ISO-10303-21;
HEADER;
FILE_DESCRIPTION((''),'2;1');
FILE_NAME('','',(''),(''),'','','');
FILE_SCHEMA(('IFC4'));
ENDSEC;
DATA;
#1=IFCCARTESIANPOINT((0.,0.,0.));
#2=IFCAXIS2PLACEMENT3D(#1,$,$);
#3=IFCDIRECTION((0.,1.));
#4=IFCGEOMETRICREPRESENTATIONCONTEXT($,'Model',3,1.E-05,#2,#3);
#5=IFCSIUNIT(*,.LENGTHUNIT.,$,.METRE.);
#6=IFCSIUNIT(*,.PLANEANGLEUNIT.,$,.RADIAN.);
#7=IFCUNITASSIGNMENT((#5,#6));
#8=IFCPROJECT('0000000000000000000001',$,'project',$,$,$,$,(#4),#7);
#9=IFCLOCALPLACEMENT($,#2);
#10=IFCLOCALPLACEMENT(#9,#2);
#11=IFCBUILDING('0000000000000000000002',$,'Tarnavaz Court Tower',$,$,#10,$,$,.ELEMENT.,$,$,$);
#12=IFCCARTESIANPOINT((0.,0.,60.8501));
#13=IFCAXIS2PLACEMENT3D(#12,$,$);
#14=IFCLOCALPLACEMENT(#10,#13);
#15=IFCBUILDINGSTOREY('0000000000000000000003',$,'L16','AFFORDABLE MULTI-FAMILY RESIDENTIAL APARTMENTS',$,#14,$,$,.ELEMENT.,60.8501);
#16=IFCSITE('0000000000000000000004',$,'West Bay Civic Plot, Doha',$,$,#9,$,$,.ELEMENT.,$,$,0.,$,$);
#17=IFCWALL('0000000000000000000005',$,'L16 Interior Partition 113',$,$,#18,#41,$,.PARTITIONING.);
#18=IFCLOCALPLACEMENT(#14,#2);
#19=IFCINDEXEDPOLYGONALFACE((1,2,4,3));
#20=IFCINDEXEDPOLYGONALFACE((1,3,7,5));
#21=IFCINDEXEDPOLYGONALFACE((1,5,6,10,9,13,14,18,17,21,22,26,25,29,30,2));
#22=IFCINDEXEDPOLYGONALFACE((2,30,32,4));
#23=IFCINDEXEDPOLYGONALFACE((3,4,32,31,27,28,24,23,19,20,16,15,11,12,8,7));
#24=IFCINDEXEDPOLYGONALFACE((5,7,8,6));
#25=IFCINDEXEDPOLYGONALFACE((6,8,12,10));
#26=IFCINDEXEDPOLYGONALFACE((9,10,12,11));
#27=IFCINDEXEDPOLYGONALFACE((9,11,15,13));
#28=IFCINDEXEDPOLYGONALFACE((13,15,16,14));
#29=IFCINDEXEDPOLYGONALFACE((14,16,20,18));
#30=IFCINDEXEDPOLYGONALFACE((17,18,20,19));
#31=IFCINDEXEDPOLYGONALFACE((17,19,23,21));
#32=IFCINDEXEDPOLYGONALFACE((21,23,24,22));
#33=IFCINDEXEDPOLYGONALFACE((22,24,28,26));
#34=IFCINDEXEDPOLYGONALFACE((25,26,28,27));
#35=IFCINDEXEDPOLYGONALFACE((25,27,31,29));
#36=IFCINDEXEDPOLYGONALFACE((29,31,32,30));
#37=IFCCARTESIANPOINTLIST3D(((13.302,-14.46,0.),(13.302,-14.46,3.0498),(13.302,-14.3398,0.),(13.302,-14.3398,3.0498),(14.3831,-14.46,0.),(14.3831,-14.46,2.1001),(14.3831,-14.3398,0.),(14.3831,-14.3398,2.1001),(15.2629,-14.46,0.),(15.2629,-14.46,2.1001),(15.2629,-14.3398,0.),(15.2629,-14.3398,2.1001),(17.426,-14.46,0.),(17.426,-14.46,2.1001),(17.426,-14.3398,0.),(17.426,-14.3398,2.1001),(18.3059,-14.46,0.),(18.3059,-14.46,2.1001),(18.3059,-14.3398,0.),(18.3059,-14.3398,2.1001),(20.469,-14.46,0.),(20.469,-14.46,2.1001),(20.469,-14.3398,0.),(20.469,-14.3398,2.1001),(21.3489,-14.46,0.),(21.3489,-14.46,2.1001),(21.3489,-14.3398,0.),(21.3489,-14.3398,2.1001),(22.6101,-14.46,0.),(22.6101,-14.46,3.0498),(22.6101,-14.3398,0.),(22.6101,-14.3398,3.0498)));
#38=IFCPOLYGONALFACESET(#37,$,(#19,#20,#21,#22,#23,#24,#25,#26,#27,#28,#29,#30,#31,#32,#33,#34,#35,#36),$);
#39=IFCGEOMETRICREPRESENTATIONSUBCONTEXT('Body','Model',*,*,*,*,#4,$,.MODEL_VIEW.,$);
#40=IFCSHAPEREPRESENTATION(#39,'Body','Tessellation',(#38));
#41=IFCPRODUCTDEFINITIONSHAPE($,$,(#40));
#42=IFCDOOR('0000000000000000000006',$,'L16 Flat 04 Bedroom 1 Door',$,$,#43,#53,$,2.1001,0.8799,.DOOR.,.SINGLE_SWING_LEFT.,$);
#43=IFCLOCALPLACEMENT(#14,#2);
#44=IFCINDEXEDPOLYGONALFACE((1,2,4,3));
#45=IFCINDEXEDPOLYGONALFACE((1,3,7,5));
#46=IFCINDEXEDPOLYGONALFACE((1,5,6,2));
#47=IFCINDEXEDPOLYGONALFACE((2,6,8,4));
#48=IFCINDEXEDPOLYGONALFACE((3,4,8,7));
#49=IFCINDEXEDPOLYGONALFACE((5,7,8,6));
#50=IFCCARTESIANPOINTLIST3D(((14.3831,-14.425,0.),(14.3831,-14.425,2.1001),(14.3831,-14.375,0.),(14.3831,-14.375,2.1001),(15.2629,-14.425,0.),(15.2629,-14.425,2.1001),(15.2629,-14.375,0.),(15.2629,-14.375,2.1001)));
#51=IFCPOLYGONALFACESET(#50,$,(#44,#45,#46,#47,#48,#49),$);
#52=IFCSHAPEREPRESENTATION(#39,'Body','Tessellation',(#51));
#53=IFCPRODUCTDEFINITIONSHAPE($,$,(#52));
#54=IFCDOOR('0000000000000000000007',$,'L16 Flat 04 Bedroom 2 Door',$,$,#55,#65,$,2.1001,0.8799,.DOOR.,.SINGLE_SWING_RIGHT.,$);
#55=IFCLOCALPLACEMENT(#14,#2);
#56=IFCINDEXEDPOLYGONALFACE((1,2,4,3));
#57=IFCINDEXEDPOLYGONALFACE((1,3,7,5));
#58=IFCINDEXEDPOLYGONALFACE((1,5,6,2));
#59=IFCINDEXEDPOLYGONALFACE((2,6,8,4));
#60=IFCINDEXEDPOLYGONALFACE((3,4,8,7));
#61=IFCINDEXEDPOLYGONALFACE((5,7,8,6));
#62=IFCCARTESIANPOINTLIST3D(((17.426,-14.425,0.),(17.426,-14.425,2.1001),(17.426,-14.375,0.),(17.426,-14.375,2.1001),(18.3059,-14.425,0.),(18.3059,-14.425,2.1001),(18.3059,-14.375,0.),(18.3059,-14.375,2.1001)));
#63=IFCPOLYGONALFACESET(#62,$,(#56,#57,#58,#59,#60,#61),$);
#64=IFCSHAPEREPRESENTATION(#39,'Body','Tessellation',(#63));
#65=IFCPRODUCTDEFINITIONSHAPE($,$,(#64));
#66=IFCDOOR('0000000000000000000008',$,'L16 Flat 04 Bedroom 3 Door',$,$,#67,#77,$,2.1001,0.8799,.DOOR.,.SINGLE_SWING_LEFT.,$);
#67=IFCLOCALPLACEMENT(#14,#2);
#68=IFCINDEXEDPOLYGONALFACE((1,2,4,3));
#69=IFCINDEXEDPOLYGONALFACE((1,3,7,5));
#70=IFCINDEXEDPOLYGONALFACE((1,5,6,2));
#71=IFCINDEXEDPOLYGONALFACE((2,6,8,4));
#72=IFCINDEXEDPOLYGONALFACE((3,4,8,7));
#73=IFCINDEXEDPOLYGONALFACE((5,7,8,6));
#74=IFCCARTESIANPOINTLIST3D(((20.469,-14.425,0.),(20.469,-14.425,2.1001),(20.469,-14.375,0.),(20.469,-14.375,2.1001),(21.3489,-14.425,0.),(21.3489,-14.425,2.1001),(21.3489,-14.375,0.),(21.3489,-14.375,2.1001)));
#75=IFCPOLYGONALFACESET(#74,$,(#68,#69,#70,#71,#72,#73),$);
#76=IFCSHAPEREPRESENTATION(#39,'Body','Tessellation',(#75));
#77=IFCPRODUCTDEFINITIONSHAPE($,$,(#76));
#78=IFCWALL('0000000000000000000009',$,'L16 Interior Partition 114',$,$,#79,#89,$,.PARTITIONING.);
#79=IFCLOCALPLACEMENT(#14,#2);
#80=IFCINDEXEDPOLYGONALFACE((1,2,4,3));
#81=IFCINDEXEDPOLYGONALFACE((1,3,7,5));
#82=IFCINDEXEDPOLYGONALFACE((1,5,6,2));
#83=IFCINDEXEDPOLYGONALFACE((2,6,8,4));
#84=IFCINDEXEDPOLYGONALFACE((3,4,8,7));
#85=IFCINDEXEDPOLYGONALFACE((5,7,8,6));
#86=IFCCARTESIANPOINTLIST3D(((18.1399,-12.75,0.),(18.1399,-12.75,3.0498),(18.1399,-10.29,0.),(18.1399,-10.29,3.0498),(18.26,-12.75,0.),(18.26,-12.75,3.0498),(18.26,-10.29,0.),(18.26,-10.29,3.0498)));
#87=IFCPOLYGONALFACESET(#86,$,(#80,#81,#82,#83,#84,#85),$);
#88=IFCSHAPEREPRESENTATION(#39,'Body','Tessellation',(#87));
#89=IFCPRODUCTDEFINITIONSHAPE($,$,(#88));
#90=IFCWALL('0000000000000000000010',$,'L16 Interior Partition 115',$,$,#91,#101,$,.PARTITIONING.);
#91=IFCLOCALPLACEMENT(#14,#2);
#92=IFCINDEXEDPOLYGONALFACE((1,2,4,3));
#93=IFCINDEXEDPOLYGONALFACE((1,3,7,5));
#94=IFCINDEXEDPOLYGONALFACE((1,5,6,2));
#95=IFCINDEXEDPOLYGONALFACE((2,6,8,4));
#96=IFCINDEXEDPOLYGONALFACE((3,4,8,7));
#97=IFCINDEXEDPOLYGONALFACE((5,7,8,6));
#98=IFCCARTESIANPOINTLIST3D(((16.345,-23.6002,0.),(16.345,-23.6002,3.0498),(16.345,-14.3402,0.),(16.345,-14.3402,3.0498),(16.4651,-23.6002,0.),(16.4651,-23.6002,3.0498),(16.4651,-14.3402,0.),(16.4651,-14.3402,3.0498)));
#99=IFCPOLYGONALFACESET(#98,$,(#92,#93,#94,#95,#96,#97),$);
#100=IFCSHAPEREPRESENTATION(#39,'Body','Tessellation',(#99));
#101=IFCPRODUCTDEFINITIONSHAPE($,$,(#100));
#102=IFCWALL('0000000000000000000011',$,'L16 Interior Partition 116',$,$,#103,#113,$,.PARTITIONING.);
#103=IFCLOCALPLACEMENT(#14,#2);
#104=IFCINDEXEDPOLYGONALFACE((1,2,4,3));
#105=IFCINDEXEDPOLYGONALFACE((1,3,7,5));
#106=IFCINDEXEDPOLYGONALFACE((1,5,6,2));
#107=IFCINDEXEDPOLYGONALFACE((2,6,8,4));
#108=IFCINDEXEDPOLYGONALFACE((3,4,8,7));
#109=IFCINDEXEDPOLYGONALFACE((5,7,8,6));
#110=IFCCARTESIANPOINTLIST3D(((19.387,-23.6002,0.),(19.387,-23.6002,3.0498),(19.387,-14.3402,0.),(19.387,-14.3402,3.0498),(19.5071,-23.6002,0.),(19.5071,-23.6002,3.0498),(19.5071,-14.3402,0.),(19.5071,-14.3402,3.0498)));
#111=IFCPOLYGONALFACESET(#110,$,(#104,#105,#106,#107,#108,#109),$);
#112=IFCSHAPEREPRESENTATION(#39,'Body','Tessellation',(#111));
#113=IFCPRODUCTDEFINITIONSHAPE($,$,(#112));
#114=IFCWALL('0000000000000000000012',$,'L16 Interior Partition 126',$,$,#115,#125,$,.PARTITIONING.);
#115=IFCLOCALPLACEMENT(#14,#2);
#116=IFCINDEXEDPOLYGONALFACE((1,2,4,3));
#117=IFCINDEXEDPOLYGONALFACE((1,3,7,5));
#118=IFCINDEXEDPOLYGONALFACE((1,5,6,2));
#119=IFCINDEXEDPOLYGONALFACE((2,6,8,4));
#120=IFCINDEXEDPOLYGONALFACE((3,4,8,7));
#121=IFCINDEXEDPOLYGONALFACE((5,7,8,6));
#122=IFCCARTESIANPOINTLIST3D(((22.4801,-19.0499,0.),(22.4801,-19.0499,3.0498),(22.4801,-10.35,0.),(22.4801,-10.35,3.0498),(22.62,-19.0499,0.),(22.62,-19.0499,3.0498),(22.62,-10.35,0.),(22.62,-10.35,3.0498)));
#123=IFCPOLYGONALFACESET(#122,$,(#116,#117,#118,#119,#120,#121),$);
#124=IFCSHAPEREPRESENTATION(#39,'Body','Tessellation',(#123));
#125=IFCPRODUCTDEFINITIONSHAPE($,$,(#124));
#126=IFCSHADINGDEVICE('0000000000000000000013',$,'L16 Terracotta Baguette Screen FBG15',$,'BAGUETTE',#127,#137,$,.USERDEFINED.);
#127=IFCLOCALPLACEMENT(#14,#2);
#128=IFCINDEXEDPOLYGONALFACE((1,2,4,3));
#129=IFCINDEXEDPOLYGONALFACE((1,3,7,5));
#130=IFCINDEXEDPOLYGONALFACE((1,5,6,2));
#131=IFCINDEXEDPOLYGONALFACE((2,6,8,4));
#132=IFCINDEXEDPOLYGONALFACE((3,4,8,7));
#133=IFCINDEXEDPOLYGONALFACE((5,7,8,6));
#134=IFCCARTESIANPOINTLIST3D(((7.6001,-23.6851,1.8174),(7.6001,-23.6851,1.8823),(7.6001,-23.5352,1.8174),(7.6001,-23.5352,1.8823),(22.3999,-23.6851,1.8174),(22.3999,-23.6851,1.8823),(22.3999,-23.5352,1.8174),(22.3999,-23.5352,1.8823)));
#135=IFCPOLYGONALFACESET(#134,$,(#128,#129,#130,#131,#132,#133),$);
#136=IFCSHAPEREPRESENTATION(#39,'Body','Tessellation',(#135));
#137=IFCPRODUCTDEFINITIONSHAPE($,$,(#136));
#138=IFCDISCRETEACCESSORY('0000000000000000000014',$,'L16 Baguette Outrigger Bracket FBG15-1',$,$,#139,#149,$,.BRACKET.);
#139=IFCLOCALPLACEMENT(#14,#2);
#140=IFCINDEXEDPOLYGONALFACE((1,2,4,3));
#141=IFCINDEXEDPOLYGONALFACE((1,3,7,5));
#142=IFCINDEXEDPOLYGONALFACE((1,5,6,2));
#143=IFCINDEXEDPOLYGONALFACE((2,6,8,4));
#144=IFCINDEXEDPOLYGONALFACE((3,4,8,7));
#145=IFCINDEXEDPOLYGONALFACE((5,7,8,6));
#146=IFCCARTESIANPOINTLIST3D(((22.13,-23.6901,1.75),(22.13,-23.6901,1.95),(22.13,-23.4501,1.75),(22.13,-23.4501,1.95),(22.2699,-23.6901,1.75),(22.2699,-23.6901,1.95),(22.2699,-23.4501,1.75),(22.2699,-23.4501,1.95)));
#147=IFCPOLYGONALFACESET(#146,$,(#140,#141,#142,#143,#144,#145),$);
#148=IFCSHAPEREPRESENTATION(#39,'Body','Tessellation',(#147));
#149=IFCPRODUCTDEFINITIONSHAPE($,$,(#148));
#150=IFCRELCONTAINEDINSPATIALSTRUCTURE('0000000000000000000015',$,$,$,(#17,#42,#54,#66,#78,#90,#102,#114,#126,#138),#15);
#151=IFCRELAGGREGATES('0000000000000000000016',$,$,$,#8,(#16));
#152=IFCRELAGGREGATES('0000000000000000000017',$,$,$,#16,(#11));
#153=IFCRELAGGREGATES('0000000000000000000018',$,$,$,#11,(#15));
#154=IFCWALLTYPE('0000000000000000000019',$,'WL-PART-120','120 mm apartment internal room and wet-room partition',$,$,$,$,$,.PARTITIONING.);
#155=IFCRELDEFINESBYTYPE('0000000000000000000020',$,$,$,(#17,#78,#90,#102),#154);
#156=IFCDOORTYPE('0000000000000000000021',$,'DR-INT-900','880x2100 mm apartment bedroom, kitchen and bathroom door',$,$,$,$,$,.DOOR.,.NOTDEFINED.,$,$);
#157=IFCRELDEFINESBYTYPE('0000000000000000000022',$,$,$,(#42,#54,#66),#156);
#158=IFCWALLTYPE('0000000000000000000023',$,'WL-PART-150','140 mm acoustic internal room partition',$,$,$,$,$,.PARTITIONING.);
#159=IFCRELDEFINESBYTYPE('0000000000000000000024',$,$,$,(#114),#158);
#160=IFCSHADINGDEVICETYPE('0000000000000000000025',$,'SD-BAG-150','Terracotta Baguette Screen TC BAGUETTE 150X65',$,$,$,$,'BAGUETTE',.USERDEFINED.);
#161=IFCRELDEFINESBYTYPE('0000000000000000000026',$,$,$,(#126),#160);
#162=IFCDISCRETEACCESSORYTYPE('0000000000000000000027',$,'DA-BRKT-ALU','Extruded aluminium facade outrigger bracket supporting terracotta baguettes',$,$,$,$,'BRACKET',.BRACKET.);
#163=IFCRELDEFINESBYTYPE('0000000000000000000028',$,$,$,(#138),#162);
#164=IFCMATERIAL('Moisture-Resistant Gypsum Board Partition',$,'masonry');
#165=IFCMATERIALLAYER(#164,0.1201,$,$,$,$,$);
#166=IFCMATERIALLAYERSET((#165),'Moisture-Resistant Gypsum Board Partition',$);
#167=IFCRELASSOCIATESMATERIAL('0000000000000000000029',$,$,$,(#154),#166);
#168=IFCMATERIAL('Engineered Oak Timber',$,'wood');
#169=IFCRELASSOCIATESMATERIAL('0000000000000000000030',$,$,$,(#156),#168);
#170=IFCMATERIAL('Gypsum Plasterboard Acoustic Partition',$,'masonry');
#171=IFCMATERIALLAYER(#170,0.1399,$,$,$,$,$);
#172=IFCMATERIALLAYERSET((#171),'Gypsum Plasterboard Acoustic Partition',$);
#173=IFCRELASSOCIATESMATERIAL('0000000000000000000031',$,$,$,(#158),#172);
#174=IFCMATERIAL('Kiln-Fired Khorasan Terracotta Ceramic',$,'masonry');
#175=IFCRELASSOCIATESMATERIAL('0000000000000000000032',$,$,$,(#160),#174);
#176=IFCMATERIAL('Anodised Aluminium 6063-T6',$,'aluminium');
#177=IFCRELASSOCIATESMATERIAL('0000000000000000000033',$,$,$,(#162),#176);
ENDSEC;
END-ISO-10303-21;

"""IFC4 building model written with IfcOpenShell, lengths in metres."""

from ifc_helpers import new_model, si_unit, direction, frame, frame_2d, origin, origin_2d, place, context, subcontext, project, spatial, rectangle, extrude, material, layer, layer_set, material_profile, profile_set, type_object, element, fill, save


model = new_model("IFC4")

# Units and contexts
model_context = context("Model", 3, precision=1e-05, world=origin(), true_north=direction((0.0, 1.0)))
body_context = subcontext(model_context, "Body", "Model", "MODEL_VIEW")
ifc_project = project(units=[si_unit("LENGTHUNIT", "METRE"), si_unit("PLANEANGLEUNIT", "RADIAN")], contexts=[model_context])

# Site, building, storey
site_placement = place(None, origin())
site = spatial("IfcSite", under=ifc_project, at=site_placement, Name="West Bay Civic Plot, Doha", CompositionType="ELEMENT", RefElevation=0.0)
building_placement = place(site_placement, origin())
building = spatial("IfcBuilding", under=site, at=building_placement, Name="Tarnavaz Court Tower", CompositionType="ELEMENT")
storey_placement = place(building_placement, frame((0.0, 0.0, 60.8501)))
storey = spatial("IfcBuildingStorey", under=building, at=storey_placement, Name="L16", Description="AFFORDABLE MULTI-FAMILY RESIDENTIAL APARTMENTS", CompositionType="ELEMENT", Elevation=60.8501)

# Shared definitions
ifc_material_1 = material(Name="Moisture-Resistant Gypsum Board Partition", Category="masonry")
ifc_layer_1 = layer(ifc_material_1, 0.1201)
ifc_layer_set_1 = layer_set([ifc_layer_1], Name="Moisture-Resistant Gypsum Board Partition")
wall_type_1 = type_object("IfcWallType", Name="WL-PART-120", Description="120 mm apartment internal room and wet-room partition", PredefinedType="PARTITIONING", material=ifc_layer_set_1)
ifc_material_2 = material(Name="Engineered Oak Timber", Category="wood")
door_type_1 = type_object("IfcDoorType", Name="DR-INT-900", Description="880x2100 mm apartment bedroom, kitchen and bathroom door", OperationType="NOTDEFINED", PredefinedType="DOOR", material=ifc_material_2)

# Wall, openings, doors
wall_1_placement = place(storey_placement, frame((13.302, -14.3999, 0.0), z_axis=(0.0, 0.0, 1.0), x_axis=(1.0, 0.0, 0.0)))
wall_1 = element("IfcWall", 1, at=wall_1_placement, inside=storey, type_object=wall_type_1, Name="L16 Interior Partition 113", PredefinedType="PARTITIONING", context=body_context, shape_type="SweptSolid", body=[
    extrude(rectangle(XDim=9.3081, YDim=0.1201, at=frame_2d((4.6541, 0.0))), origin(), (0.0, 0.0, 1.0), 3.0498),
])
opening_1_placement = place(wall_1_placement, frame((1.0811, 0.0, 0.0)))
opening_1 = element("IfcOpeningElement", 2, at=opening_1_placement, cuts=wall_1, PredefinedType="OPENING", context=body_context, shape_type="SweptSolid", body=[
    extrude(rectangle(XDim=0.8799, YDim=2.1001, at=frame_2d((0.4399, 1.05))), frame((0.0, 0.0701, 0.0), z_axis=(0.0, -1.0, 0.0), x_axis=(1.0, 0.0, 0.0)), (0.0, 0.0, 1.0), 0.1401),
])
opening_2_placement = place(wall_1_placement, frame((4.124, 0.0, 0.0)))
opening_2 = element("IfcOpeningElement", 3, at=opening_2_placement, cuts=wall_1, PredefinedType="OPENING", context=body_context, shape_type="SweptSolid", body=[
    extrude(rectangle(XDim=0.8799, YDim=2.1001, at=frame_2d((0.4399, 1.05))), frame((0.0, 0.0701, 0.0), z_axis=(0.0, -1.0, 0.0), x_axis=(1.0, 0.0, 0.0)), (0.0, 0.0, 1.0), 0.1401),
])
opening_3_placement = place(wall_1_placement, frame((7.167, 0.0, 0.0)))
opening_3 = element("IfcOpeningElement", 4, at=opening_3_placement, cuts=wall_1, PredefinedType="OPENING", context=body_context, shape_type="SweptSolid", body=[
    extrude(rectangle(XDim=0.8799, YDim=2.1001, at=frame_2d((0.4399, 1.05))), frame((0.0, 0.0701, 0.0), z_axis=(0.0, -1.0, 0.0), x_axis=(1.0, 0.0, 0.0)), (0.0, 0.0, 1.0), 0.1401),
])
door_1_placement = place(opening_1_placement, origin())
door_1 = element("IfcDoor", 5, at=door_1_placement, inside=storey, type_object=door_type_1, Name="L16 Flat 04 Bedroom 1 Door", OperationType="SINGLE_SWING_LEFT", OverallHeight=2.1001, OverallWidth=0.8799, PredefinedType="DOOR", context=body_context, shape_type="SweptSolid", body=[
    extrude(rectangle(XDim=0.8799, YDim=2.1001, at=frame_2d((0.4399, 1.05))), frame((0.0, 0.0249, 0.0), z_axis=(0.0, -1.0, 0.0), x_axis=(1.0, 0.0, 0.0)), (0.0, 0.0, 1.0), 0.05),
])
fill(opening_1, door_1)
door_2_placement = place(opening_2_placement, origin())
door_2 = element("IfcDoor", 6, at=door_2_placement, inside=storey, type_object=door_type_1, Name="L16 Flat 04 Bedroom 2 Door", OperationType="SINGLE_SWING_RIGHT", OverallHeight=2.1001, OverallWidth=0.8799, PredefinedType="DOOR", context=body_context, shape_type="SweptSolid", body=[
    extrude(rectangle(XDim=0.8799, YDim=2.1001, at=frame_2d((0.4399, 1.05))), frame((0.0, 0.0249, 0.0), z_axis=(0.0, -1.0, 0.0), x_axis=(1.0, 0.0, 0.0)), (0.0, 0.0, 1.0), 0.05),
])
fill(opening_2, door_2)
door_3_placement = place(opening_3_placement, origin())
door_3 = element("IfcDoor", 7, at=door_3_placement, inside=storey, type_object=door_type_1, Name="L16 Flat 04 Bedroom 3 Door", OperationType="SINGLE_SWING_LEFT", OverallHeight=2.1001, OverallWidth=0.8799, PredefinedType="DOOR", context=body_context, shape_type="SweptSolid", body=[
    extrude(rectangle(XDim=0.8799, YDim=2.1001, at=frame_2d((0.4399, 1.05))), frame((0.0, 0.0249, 0.0), z_axis=(0.0, -1.0, 0.0), x_axis=(1.0, 0.0, 0.0)), (0.0, 0.0, 1.0), 0.05),
])
fill(opening_3, door_3)

# Walls
wall_2_placement = place(storey_placement, frame((18.2, -12.75, 0.0), z_axis=(0.0, 0.0, 1.0), x_axis=(0.0, 1.0, 0.0)))
element("IfcWall", 8, at=wall_2_placement, inside=storey, type_object=wall_type_1, Name="L16 Interior Partition 114", PredefinedType="PARTITIONING", context=body_context, shape_type="SweptSolid", body=[
    extrude(rectangle(XDim=2.46, YDim=0.1201, at=frame_2d((1.23, 0.0))), origin(), (0.0, 0.0, 1.0), 3.0498),
])
for number, where, z_axis, x_axis, name in (
    (9, (16.405, -23.6001, 0.0), (0.0, 0.0, 1.0), (0.0, 1.0, 0.0), "L16 Interior Partition 115"),
    (10, (19.447, -23.6001, 0.0), (0.0, 0.0, 1.0), (0.0, 1.0, 0.0), "L16 Interior Partition 116"),
):
    element("IfcWall", number, at=place(storey_placement, frame(where, z_axis=z_axis, x_axis=x_axis)), inside=storey, type_object=wall_type_1, Name=name, PredefinedType="PARTITIONING", context=body_context, shape_type="SweptSolid", body=[
        extrude(rectangle(XDim=9.26, YDim=0.1201, at=frame_2d((4.6299, 0.0))), origin(), (0.0, 0.0, 1.0), 3.0498),
    ])
ifc_material_3 = material(Name="Gypsum Plasterboard Acoustic Partition", Category="masonry")
ifc_layer_2 = layer(ifc_material_3, 0.1399)
ifc_layer_set_2 = layer_set([ifc_layer_2], Name="Gypsum Plasterboard Acoustic Partition")
wall_type_2 = type_object("IfcWallType", Name="WL-PART-150", Description="140 mm acoustic internal room partition", PredefinedType="PARTITIONING", material=ifc_layer_set_2)
wall_3_placement = place(storey_placement, frame((22.55, -19.05, 0.0), z_axis=(0.0, 0.0, 1.0), x_axis=(0.0, 1.0, 0.0)))
element("IfcWall", 11, at=wall_3_placement, inside=storey, type_object=wall_type_2, Name="L16 Interior Partition 126", PredefinedType="PARTITIONING", context=body_context, shape_type="SweptSolid", body=[
    extrude(rectangle(XDim=8.7, YDim=0.1399, at=frame_2d((4.3501, 0.0))), origin(), (0.0, 0.0, 1.0), 3.0498),
])

# Shading device
ifc_material_4 = material(Name="Kiln-Fired Khorasan Terracotta Ceramic", Category="masonry")
ifc_material_profile_1 = material_profile(ifc_material_4, rectangle(XDim=0.1499, YDim=0.0649, at=origin_2d()), Name="TC BAGUETTE 150X65")
ifc_profile_set_1 = profile_set([ifc_material_profile_1], Name="Kiln-Fired Khorasan Terracotta Ceramic")
shading_device_type = type_object("IfcShadingDeviceType", Name="SD-BAG-150", Description="Terracotta Baguette Screen TC BAGUETTE 150X65", ElementType="BAGUETTE", PredefinedType="USERDEFINED", material=ifc_profile_set_1)
shading_device_placement = place(storey_placement, frame((22.3999, -23.6101, 1.8499), z_axis=(-1.0, 0.0, 0.0), x_axis=(0.0, -1.0, 0.0)))
element("IfcShadingDevice", 12, at=shading_device_placement, inside=storey, type_object=shading_device_type, Name="L16 Terracotta Baguette Screen FBG15", ObjectType="BAGUETTE", PredefinedType="USERDEFINED", context=body_context, shape_type="SweptSolid", body=[
    extrude(rectangle(XDim=0.1499, YDim=0.0649, at=origin_2d()), origin(), (0.0, 0.0, 1.0), 14.7998),
])

# Discrete accessory
ifc_material_5 = material(Name="Anodised Aluminium 6063-T6", Category="aluminium")
discrete_accessory_type = type_object("IfcDiscreteAccessoryType", Name="DA-BRKT-ALU", Description="Extruded aluminium facade outrigger bracket supporting terracotta baguettes", ElementType="BRACKET", PredefinedType="BRACKET", material=ifc_material_5)
discrete_accessory_placement = place(storey_placement, frame((22.2, -23.5701, 1.75), z_axis=(0.0, 0.0, 1.0), x_axis=(-1.0, 0.0, 0.0)))
element("IfcDiscreteAccessory", 13, at=discrete_accessory_placement, inside=storey, type_object=discrete_accessory_type, Name="L16 Baguette Outrigger Bracket FBG15-1", PredefinedType="BRACKET", context=body_context, shape_type="SweptSolid", body=[
    extrude(rectangle(XDim=0.1399, YDim=0.24, at=origin_2d()), origin(), (0.0, 0.0, 1.0), 0.2),
])

save(model, "model.ifc")
